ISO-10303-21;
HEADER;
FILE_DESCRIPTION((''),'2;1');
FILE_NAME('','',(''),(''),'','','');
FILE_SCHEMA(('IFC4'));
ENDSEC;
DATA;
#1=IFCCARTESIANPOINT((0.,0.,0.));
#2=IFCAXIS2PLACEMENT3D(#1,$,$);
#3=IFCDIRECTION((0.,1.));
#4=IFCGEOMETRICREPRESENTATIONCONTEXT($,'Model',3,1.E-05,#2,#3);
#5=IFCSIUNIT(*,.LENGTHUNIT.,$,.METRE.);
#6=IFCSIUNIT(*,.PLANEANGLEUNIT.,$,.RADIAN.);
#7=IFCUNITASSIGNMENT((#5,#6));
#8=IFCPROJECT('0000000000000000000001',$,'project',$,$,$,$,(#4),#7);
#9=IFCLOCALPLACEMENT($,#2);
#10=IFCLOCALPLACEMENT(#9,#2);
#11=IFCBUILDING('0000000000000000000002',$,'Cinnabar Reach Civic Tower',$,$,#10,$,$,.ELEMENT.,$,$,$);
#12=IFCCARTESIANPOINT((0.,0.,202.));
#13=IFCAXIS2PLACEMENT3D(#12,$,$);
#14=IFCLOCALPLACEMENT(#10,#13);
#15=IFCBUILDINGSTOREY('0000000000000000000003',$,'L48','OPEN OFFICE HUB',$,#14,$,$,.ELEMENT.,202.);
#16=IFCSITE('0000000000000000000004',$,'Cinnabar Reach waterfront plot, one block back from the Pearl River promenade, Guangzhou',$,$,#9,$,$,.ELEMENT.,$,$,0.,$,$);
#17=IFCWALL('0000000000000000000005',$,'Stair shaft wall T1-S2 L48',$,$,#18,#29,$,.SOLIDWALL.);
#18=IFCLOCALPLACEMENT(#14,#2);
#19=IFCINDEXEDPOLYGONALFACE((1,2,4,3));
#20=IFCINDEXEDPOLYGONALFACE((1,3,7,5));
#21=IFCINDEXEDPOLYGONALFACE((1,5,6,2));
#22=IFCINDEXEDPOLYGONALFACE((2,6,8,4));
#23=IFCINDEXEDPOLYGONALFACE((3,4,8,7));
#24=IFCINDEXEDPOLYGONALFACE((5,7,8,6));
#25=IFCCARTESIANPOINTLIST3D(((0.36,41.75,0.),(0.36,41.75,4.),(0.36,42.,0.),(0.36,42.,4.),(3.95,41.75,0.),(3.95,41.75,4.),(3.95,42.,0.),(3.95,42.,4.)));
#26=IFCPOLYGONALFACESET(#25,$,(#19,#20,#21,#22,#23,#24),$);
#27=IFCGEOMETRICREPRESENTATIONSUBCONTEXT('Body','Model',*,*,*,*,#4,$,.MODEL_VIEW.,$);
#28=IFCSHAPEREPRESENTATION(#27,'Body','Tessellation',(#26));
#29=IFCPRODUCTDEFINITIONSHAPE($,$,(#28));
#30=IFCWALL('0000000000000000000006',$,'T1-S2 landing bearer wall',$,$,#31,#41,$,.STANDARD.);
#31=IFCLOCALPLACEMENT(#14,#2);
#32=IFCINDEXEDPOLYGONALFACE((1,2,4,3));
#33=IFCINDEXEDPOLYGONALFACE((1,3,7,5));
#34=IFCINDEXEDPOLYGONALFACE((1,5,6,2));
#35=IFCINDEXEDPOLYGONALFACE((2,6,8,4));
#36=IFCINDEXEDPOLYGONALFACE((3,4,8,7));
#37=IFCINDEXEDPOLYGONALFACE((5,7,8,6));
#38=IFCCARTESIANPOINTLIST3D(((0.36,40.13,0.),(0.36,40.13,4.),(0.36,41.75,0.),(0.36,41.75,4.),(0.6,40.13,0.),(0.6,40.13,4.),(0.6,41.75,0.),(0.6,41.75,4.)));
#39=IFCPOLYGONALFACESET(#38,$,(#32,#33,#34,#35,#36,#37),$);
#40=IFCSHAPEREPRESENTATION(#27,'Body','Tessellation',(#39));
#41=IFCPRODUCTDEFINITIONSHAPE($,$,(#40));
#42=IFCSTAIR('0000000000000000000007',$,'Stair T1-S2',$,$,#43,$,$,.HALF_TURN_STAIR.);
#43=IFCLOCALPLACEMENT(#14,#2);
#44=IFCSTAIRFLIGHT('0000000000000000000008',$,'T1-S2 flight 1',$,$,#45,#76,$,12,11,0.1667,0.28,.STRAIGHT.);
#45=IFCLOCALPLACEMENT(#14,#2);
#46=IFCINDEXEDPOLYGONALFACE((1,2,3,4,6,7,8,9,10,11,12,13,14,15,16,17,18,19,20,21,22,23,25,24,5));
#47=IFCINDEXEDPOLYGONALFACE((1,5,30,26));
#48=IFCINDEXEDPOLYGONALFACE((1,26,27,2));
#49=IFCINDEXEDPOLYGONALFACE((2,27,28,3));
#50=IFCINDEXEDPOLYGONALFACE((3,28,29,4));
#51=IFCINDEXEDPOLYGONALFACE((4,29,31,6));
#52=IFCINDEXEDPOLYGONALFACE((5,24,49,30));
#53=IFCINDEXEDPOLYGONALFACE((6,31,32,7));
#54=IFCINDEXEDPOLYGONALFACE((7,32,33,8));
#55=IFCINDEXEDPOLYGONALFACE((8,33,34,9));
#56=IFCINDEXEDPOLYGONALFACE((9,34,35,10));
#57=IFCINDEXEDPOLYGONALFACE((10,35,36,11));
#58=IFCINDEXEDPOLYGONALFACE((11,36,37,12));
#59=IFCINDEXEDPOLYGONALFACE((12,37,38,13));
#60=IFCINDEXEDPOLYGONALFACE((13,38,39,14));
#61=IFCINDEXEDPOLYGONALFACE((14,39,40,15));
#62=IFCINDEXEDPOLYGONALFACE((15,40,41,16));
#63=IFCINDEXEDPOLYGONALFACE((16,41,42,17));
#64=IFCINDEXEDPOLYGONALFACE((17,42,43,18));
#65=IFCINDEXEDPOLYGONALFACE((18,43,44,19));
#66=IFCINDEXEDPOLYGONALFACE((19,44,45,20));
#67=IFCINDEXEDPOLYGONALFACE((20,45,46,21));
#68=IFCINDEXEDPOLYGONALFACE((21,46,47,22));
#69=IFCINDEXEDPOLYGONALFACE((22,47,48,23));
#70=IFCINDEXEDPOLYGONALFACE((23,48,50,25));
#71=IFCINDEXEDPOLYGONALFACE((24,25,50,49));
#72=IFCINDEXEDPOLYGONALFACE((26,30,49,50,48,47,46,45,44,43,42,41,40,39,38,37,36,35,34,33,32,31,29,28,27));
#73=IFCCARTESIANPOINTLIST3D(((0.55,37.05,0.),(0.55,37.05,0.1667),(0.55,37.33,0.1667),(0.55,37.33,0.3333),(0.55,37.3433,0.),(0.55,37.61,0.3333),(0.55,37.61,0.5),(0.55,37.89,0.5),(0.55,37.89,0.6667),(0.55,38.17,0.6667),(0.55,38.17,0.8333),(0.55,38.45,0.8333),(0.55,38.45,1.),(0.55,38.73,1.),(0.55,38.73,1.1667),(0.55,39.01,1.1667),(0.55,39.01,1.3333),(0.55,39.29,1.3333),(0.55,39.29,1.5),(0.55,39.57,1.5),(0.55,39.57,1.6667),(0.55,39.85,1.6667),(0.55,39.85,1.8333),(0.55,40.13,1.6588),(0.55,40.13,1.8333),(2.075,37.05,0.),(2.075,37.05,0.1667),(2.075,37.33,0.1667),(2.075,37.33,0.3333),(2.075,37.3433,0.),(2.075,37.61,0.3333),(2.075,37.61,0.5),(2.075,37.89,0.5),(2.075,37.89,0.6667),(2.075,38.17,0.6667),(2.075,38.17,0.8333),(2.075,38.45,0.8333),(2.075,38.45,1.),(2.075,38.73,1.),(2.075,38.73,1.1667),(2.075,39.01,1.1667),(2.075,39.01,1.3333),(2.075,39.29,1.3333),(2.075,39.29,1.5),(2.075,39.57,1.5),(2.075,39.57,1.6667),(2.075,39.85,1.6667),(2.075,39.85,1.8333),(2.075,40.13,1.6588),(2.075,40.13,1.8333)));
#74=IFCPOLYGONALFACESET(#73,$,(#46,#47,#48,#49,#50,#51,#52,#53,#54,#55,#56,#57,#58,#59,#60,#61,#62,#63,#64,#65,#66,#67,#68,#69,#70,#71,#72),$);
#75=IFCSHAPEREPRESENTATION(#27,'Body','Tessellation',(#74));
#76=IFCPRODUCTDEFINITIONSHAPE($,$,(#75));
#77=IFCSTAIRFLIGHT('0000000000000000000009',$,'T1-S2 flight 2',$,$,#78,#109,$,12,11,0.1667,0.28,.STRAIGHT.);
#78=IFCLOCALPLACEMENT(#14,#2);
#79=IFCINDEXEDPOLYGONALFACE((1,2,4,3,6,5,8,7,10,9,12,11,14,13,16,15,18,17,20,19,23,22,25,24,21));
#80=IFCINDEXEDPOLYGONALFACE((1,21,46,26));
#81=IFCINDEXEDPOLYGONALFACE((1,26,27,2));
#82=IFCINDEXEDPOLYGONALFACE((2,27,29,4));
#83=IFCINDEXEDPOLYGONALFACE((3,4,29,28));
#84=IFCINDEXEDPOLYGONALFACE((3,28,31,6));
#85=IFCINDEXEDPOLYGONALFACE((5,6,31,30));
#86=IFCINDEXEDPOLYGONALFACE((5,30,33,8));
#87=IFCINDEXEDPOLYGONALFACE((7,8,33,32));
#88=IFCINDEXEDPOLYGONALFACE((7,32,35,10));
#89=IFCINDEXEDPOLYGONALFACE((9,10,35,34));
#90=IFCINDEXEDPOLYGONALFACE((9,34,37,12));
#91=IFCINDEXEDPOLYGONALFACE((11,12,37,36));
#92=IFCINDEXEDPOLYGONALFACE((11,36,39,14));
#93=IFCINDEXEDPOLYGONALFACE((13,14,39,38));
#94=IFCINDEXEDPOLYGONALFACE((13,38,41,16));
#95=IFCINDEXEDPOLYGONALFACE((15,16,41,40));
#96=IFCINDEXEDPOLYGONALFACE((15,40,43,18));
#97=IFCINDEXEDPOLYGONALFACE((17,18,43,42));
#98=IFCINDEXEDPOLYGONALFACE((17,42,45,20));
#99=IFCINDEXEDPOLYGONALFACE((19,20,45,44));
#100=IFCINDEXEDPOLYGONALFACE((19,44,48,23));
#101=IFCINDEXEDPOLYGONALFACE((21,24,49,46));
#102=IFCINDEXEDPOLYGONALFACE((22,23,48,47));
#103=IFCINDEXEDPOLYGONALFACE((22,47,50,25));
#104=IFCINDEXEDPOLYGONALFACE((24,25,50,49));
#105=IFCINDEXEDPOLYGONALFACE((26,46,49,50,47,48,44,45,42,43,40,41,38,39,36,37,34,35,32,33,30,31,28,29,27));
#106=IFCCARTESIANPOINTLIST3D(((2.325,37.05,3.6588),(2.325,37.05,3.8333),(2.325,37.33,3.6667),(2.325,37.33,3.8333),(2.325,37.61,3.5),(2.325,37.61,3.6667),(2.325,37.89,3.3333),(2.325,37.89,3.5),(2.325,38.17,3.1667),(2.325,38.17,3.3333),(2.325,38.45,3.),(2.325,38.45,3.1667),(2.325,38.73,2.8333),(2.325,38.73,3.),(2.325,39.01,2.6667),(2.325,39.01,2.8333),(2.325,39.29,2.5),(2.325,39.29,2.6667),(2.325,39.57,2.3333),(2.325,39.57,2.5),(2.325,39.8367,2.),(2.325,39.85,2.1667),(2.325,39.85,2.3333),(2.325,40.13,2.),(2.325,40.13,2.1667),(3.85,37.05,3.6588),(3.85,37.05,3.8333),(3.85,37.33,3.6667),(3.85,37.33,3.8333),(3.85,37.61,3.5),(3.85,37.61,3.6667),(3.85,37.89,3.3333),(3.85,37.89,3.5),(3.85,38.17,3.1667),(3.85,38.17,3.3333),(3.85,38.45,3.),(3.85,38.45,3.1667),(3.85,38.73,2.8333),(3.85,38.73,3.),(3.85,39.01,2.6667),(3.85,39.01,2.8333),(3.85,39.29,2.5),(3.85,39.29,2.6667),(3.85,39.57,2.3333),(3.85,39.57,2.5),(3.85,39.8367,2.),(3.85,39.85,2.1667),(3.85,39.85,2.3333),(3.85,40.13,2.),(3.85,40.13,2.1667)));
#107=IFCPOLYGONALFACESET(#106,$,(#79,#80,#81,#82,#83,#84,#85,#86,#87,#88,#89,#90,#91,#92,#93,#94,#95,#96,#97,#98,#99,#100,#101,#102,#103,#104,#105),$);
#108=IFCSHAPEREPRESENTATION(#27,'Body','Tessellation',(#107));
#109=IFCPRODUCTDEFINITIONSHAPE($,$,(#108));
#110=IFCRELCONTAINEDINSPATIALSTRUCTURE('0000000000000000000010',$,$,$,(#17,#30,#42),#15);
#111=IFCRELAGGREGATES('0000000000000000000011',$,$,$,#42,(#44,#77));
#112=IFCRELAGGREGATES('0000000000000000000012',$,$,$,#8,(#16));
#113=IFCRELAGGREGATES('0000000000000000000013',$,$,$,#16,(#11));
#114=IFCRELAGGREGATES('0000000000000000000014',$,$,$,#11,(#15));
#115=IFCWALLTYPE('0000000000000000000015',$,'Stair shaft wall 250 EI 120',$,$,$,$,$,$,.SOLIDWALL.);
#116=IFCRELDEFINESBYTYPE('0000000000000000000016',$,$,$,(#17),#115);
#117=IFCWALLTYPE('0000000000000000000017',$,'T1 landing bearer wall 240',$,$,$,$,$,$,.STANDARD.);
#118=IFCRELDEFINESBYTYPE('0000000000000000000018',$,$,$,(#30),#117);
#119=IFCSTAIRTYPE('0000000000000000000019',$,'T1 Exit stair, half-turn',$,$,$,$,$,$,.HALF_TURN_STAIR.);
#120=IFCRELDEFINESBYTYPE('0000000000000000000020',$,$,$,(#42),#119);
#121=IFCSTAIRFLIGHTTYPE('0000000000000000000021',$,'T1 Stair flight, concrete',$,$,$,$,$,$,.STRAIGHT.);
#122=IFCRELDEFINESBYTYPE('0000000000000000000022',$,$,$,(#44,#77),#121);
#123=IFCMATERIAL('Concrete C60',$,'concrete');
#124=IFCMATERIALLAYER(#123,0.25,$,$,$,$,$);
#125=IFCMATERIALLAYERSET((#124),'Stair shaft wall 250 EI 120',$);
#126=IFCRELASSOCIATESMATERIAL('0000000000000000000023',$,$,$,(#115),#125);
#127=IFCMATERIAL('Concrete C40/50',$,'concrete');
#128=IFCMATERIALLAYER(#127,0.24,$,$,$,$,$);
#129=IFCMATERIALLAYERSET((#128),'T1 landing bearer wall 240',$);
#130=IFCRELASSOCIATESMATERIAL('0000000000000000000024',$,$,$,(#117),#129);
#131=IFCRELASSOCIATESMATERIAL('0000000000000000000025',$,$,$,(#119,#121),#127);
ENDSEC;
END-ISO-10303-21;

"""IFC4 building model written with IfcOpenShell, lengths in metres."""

from ifc_helpers import new_model, si_unit, direction, frame, frame_2d, origin, place, context, subcontext, project, spatial, polyline, rectangle, outline, extrude, material, layer, layer_set, type_object, element, aggregate, save


model = new_model("IFC4")

# Units and contexts
model_context = context("Model", 3, precision=1e-05, world=origin(), true_north=direction((0.0, 1.0)))
body_context = subcontext(model_context, "Body", "Model", "MODEL_VIEW")
ifc_project = project(units=[si_unit("LENGTHUNIT", "METRE"), si_unit("PLANEANGLEUNIT", "RADIAN")], contexts=[model_context])

# Site, building, storey
site_placement = place(None, origin())
site = spatial("IfcSite", under=ifc_project, at=site_placement, Name="Cinnabar Reach waterfront plot, one block back from the Pearl River promenade, Guangzhou", CompositionType="ELEMENT", RefElevation=0.0)
building_placement = place(site_placement, origin())
building = spatial("IfcBuilding", under=site, at=building_placement, Name="Cinnabar Reach Civic Tower", CompositionType="ELEMENT")
storey_placement = place(building_placement, frame((0.0, 0.0, 202.0)))
storey = spatial("IfcBuildingStorey", under=building, at=storey_placement, Name="L48", Description="OPEN OFFICE HUB", CompositionType="ELEMENT", Elevation=202.0)

# Shared definitions
ifc_material_1 = material(Name="Concrete C60", Category="concrete")

# Shared definitions
ifc_layer_1 = layer(ifc_material_1, 0.25)
ifc_layer_set_1 = layer_set([ifc_layer_1], Name="Stair shaft wall 250 EI 120")
wall_type_1 = type_object("IfcWallType", Name="Stair shaft wall 250 EI 120", PredefinedType="SOLIDWALL", material=ifc_layer_set_1)

# Walls
wall_1_placement = place(storey_placement, frame((3.95, 41.875, 0.0), z_axis=(0.0, 0.0, 1.0), x_axis=(-1.0, 0.0, 0.0)))
element("IfcWall", 1, at=wall_1_placement, inside=storey, type_object=wall_type_1, Name="Stair shaft wall T1-S2 L48", PredefinedType="SOLIDWALL", context=body_context, shape_type="SweptSolid", body=[
    extrude(rectangle(XDim=3.59, YDim=0.25, at=frame_2d((1.795, 0.0))), origin(), (0.0, 0.0, 1.0), 4.0),
])
ifc_material_2 = material(Name="Concrete C40/50", Category="concrete")
ifc_layer_2 = layer(ifc_material_2, 0.24)
ifc_layer_set_2 = layer_set([ifc_layer_2], Name="T1 landing bearer wall 240")
wall_type_2 = type_object("IfcWallType", Name="T1 landing bearer wall 240", PredefinedType="STANDARD", material=ifc_layer_set_2)
wall_2_placement = place(storey_placement, frame((0.48, 40.13, 0.0), z_axis=(0.0, 0.0, 1.0), x_axis=(0.0, 1.0, 0.0)))
element("IfcWall", 2, at=wall_2_placement, inside=storey, type_object=wall_type_2, Name="T1-S2 landing bearer wall", PredefinedType="STANDARD", context=body_context, shape_type="SweptSolid", body=[
    extrude(rectangle(XDim=1.62, YDim=0.24, at=frame_2d((0.81, 0.0))), origin(), (0.0, 0.0, 1.0), 4.0),
])

# Stair, stair flights
stair_type = type_object("IfcStairType", Name="T1 Exit stair, half-turn", PredefinedType="HALF_TURN_STAIR", material=ifc_material_2)
stair_placement = place(storey_placement, origin())
stair = element("IfcStair", 3, at=stair_placement, inside=storey, type_object=stair_type, Name="Stair T1-S2", PredefinedType="HALF_TURN_STAIR")
stair_flight_type = type_object("IfcStairFlightType", Name="T1 Stair flight, concrete", PredefinedType="STRAIGHT", material=ifc_material_2)
stair_flight_1_placement = place(storey_placement, frame((1.3125, 37.05, 0.0), z_axis=(0.0, 0.0, 1.0), x_axis=(0.0, 1.0, 0.0)))
stair_flight_1 = element("IfcStairFlight", 4, at=stair_flight_1_placement, type_object=stair_flight_type, Name="T1-S2 flight 1", NumberOfRisers=12, NumberOfTreads=11, PredefinedType="STRAIGHT", RiserHeight=0.1667, TreadLength=0.28, context=body_context, shape_type="SweptSolid", body=[
    extrude(outline(polyline([(0.0, 0.0), (0.0, 0.1667), (0.28, 0.1667), (0.28, 0.3333), (0.56, 0.3333), (0.56, 0.5), (0.84, 0.5), (0.84, 0.6667), (1.12, 0.6667), (1.12, 0.8333), (1.4, 0.8333), (1.4, 1.0), (1.68, 1.0), (1.68, 1.1667), (1.96, 1.1667), (1.96, 1.3333), (2.24, 1.3333), (2.24, 1.5), (2.52, 1.5), (2.52, 1.6667), (2.8, 1.6667), (2.8, 1.8333), (3.08, 1.8333), (3.08, 2.0), (3.08, 1.6588), (0.2933, 0.0), (0.0, 0.0)])), frame((0.0, 0.7625, 0.0), z_axis=(0.0, -1.0, 0.0), x_axis=(1.0, 0.0, 0.0)), (0.0, 0.0, 1.0), 1.525),
])
stair_flight_2_placement = place(storey_placement, frame((3.0875, 40.13, 2.0), z_axis=(0.0, 0.0, 1.0), x_axis=(0.0, -1.0, 0.0)))
stair_flight_2 = element("IfcStairFlight", 5, at=stair_flight_2_placement, type_object=stair_flight_type, Name="T1-S2 flight 2", NumberOfRisers=12, NumberOfTreads=11, PredefinedType="STRAIGHT", RiserHeight=0.1667, TreadLength=0.28, context=body_context, shape_type="SweptSolid", body=[
    extrude(outline(polyline([(0.0, 0.0), (0.0, 0.1667), (0.28, 0.1667), (0.28, 0.3333), (0.56, 0.3333), (0.56, 0.5), (0.84, 0.5), (0.84, 0.6667), (1.12, 0.6667), (1.12, 0.8333), (1.4, 0.8333), (1.4, 1.0), (1.68, 1.0), (1.68, 1.1667), (1.96, 1.1667), (1.96, 1.3333), (2.24, 1.3333), (2.24, 1.5), (2.52, 1.5), (2.52, 1.6667), (2.8, 1.6667), (2.8, 1.8333), (3.08, 1.8333), (3.08, 2.0), (3.08, 1.6588), (0.2933, 0.0), (0.0, 0.0)])), frame((0.0, 0.7625, 0.0), z_axis=(0.0, -1.0, 0.0), x_axis=(1.0, 0.0, 0.0)), (0.0, 0.0, 1.0), 1.525),
])
aggregate(stair, [stair_flight_1, stair_flight_2])

save(model, "model.ifc")
